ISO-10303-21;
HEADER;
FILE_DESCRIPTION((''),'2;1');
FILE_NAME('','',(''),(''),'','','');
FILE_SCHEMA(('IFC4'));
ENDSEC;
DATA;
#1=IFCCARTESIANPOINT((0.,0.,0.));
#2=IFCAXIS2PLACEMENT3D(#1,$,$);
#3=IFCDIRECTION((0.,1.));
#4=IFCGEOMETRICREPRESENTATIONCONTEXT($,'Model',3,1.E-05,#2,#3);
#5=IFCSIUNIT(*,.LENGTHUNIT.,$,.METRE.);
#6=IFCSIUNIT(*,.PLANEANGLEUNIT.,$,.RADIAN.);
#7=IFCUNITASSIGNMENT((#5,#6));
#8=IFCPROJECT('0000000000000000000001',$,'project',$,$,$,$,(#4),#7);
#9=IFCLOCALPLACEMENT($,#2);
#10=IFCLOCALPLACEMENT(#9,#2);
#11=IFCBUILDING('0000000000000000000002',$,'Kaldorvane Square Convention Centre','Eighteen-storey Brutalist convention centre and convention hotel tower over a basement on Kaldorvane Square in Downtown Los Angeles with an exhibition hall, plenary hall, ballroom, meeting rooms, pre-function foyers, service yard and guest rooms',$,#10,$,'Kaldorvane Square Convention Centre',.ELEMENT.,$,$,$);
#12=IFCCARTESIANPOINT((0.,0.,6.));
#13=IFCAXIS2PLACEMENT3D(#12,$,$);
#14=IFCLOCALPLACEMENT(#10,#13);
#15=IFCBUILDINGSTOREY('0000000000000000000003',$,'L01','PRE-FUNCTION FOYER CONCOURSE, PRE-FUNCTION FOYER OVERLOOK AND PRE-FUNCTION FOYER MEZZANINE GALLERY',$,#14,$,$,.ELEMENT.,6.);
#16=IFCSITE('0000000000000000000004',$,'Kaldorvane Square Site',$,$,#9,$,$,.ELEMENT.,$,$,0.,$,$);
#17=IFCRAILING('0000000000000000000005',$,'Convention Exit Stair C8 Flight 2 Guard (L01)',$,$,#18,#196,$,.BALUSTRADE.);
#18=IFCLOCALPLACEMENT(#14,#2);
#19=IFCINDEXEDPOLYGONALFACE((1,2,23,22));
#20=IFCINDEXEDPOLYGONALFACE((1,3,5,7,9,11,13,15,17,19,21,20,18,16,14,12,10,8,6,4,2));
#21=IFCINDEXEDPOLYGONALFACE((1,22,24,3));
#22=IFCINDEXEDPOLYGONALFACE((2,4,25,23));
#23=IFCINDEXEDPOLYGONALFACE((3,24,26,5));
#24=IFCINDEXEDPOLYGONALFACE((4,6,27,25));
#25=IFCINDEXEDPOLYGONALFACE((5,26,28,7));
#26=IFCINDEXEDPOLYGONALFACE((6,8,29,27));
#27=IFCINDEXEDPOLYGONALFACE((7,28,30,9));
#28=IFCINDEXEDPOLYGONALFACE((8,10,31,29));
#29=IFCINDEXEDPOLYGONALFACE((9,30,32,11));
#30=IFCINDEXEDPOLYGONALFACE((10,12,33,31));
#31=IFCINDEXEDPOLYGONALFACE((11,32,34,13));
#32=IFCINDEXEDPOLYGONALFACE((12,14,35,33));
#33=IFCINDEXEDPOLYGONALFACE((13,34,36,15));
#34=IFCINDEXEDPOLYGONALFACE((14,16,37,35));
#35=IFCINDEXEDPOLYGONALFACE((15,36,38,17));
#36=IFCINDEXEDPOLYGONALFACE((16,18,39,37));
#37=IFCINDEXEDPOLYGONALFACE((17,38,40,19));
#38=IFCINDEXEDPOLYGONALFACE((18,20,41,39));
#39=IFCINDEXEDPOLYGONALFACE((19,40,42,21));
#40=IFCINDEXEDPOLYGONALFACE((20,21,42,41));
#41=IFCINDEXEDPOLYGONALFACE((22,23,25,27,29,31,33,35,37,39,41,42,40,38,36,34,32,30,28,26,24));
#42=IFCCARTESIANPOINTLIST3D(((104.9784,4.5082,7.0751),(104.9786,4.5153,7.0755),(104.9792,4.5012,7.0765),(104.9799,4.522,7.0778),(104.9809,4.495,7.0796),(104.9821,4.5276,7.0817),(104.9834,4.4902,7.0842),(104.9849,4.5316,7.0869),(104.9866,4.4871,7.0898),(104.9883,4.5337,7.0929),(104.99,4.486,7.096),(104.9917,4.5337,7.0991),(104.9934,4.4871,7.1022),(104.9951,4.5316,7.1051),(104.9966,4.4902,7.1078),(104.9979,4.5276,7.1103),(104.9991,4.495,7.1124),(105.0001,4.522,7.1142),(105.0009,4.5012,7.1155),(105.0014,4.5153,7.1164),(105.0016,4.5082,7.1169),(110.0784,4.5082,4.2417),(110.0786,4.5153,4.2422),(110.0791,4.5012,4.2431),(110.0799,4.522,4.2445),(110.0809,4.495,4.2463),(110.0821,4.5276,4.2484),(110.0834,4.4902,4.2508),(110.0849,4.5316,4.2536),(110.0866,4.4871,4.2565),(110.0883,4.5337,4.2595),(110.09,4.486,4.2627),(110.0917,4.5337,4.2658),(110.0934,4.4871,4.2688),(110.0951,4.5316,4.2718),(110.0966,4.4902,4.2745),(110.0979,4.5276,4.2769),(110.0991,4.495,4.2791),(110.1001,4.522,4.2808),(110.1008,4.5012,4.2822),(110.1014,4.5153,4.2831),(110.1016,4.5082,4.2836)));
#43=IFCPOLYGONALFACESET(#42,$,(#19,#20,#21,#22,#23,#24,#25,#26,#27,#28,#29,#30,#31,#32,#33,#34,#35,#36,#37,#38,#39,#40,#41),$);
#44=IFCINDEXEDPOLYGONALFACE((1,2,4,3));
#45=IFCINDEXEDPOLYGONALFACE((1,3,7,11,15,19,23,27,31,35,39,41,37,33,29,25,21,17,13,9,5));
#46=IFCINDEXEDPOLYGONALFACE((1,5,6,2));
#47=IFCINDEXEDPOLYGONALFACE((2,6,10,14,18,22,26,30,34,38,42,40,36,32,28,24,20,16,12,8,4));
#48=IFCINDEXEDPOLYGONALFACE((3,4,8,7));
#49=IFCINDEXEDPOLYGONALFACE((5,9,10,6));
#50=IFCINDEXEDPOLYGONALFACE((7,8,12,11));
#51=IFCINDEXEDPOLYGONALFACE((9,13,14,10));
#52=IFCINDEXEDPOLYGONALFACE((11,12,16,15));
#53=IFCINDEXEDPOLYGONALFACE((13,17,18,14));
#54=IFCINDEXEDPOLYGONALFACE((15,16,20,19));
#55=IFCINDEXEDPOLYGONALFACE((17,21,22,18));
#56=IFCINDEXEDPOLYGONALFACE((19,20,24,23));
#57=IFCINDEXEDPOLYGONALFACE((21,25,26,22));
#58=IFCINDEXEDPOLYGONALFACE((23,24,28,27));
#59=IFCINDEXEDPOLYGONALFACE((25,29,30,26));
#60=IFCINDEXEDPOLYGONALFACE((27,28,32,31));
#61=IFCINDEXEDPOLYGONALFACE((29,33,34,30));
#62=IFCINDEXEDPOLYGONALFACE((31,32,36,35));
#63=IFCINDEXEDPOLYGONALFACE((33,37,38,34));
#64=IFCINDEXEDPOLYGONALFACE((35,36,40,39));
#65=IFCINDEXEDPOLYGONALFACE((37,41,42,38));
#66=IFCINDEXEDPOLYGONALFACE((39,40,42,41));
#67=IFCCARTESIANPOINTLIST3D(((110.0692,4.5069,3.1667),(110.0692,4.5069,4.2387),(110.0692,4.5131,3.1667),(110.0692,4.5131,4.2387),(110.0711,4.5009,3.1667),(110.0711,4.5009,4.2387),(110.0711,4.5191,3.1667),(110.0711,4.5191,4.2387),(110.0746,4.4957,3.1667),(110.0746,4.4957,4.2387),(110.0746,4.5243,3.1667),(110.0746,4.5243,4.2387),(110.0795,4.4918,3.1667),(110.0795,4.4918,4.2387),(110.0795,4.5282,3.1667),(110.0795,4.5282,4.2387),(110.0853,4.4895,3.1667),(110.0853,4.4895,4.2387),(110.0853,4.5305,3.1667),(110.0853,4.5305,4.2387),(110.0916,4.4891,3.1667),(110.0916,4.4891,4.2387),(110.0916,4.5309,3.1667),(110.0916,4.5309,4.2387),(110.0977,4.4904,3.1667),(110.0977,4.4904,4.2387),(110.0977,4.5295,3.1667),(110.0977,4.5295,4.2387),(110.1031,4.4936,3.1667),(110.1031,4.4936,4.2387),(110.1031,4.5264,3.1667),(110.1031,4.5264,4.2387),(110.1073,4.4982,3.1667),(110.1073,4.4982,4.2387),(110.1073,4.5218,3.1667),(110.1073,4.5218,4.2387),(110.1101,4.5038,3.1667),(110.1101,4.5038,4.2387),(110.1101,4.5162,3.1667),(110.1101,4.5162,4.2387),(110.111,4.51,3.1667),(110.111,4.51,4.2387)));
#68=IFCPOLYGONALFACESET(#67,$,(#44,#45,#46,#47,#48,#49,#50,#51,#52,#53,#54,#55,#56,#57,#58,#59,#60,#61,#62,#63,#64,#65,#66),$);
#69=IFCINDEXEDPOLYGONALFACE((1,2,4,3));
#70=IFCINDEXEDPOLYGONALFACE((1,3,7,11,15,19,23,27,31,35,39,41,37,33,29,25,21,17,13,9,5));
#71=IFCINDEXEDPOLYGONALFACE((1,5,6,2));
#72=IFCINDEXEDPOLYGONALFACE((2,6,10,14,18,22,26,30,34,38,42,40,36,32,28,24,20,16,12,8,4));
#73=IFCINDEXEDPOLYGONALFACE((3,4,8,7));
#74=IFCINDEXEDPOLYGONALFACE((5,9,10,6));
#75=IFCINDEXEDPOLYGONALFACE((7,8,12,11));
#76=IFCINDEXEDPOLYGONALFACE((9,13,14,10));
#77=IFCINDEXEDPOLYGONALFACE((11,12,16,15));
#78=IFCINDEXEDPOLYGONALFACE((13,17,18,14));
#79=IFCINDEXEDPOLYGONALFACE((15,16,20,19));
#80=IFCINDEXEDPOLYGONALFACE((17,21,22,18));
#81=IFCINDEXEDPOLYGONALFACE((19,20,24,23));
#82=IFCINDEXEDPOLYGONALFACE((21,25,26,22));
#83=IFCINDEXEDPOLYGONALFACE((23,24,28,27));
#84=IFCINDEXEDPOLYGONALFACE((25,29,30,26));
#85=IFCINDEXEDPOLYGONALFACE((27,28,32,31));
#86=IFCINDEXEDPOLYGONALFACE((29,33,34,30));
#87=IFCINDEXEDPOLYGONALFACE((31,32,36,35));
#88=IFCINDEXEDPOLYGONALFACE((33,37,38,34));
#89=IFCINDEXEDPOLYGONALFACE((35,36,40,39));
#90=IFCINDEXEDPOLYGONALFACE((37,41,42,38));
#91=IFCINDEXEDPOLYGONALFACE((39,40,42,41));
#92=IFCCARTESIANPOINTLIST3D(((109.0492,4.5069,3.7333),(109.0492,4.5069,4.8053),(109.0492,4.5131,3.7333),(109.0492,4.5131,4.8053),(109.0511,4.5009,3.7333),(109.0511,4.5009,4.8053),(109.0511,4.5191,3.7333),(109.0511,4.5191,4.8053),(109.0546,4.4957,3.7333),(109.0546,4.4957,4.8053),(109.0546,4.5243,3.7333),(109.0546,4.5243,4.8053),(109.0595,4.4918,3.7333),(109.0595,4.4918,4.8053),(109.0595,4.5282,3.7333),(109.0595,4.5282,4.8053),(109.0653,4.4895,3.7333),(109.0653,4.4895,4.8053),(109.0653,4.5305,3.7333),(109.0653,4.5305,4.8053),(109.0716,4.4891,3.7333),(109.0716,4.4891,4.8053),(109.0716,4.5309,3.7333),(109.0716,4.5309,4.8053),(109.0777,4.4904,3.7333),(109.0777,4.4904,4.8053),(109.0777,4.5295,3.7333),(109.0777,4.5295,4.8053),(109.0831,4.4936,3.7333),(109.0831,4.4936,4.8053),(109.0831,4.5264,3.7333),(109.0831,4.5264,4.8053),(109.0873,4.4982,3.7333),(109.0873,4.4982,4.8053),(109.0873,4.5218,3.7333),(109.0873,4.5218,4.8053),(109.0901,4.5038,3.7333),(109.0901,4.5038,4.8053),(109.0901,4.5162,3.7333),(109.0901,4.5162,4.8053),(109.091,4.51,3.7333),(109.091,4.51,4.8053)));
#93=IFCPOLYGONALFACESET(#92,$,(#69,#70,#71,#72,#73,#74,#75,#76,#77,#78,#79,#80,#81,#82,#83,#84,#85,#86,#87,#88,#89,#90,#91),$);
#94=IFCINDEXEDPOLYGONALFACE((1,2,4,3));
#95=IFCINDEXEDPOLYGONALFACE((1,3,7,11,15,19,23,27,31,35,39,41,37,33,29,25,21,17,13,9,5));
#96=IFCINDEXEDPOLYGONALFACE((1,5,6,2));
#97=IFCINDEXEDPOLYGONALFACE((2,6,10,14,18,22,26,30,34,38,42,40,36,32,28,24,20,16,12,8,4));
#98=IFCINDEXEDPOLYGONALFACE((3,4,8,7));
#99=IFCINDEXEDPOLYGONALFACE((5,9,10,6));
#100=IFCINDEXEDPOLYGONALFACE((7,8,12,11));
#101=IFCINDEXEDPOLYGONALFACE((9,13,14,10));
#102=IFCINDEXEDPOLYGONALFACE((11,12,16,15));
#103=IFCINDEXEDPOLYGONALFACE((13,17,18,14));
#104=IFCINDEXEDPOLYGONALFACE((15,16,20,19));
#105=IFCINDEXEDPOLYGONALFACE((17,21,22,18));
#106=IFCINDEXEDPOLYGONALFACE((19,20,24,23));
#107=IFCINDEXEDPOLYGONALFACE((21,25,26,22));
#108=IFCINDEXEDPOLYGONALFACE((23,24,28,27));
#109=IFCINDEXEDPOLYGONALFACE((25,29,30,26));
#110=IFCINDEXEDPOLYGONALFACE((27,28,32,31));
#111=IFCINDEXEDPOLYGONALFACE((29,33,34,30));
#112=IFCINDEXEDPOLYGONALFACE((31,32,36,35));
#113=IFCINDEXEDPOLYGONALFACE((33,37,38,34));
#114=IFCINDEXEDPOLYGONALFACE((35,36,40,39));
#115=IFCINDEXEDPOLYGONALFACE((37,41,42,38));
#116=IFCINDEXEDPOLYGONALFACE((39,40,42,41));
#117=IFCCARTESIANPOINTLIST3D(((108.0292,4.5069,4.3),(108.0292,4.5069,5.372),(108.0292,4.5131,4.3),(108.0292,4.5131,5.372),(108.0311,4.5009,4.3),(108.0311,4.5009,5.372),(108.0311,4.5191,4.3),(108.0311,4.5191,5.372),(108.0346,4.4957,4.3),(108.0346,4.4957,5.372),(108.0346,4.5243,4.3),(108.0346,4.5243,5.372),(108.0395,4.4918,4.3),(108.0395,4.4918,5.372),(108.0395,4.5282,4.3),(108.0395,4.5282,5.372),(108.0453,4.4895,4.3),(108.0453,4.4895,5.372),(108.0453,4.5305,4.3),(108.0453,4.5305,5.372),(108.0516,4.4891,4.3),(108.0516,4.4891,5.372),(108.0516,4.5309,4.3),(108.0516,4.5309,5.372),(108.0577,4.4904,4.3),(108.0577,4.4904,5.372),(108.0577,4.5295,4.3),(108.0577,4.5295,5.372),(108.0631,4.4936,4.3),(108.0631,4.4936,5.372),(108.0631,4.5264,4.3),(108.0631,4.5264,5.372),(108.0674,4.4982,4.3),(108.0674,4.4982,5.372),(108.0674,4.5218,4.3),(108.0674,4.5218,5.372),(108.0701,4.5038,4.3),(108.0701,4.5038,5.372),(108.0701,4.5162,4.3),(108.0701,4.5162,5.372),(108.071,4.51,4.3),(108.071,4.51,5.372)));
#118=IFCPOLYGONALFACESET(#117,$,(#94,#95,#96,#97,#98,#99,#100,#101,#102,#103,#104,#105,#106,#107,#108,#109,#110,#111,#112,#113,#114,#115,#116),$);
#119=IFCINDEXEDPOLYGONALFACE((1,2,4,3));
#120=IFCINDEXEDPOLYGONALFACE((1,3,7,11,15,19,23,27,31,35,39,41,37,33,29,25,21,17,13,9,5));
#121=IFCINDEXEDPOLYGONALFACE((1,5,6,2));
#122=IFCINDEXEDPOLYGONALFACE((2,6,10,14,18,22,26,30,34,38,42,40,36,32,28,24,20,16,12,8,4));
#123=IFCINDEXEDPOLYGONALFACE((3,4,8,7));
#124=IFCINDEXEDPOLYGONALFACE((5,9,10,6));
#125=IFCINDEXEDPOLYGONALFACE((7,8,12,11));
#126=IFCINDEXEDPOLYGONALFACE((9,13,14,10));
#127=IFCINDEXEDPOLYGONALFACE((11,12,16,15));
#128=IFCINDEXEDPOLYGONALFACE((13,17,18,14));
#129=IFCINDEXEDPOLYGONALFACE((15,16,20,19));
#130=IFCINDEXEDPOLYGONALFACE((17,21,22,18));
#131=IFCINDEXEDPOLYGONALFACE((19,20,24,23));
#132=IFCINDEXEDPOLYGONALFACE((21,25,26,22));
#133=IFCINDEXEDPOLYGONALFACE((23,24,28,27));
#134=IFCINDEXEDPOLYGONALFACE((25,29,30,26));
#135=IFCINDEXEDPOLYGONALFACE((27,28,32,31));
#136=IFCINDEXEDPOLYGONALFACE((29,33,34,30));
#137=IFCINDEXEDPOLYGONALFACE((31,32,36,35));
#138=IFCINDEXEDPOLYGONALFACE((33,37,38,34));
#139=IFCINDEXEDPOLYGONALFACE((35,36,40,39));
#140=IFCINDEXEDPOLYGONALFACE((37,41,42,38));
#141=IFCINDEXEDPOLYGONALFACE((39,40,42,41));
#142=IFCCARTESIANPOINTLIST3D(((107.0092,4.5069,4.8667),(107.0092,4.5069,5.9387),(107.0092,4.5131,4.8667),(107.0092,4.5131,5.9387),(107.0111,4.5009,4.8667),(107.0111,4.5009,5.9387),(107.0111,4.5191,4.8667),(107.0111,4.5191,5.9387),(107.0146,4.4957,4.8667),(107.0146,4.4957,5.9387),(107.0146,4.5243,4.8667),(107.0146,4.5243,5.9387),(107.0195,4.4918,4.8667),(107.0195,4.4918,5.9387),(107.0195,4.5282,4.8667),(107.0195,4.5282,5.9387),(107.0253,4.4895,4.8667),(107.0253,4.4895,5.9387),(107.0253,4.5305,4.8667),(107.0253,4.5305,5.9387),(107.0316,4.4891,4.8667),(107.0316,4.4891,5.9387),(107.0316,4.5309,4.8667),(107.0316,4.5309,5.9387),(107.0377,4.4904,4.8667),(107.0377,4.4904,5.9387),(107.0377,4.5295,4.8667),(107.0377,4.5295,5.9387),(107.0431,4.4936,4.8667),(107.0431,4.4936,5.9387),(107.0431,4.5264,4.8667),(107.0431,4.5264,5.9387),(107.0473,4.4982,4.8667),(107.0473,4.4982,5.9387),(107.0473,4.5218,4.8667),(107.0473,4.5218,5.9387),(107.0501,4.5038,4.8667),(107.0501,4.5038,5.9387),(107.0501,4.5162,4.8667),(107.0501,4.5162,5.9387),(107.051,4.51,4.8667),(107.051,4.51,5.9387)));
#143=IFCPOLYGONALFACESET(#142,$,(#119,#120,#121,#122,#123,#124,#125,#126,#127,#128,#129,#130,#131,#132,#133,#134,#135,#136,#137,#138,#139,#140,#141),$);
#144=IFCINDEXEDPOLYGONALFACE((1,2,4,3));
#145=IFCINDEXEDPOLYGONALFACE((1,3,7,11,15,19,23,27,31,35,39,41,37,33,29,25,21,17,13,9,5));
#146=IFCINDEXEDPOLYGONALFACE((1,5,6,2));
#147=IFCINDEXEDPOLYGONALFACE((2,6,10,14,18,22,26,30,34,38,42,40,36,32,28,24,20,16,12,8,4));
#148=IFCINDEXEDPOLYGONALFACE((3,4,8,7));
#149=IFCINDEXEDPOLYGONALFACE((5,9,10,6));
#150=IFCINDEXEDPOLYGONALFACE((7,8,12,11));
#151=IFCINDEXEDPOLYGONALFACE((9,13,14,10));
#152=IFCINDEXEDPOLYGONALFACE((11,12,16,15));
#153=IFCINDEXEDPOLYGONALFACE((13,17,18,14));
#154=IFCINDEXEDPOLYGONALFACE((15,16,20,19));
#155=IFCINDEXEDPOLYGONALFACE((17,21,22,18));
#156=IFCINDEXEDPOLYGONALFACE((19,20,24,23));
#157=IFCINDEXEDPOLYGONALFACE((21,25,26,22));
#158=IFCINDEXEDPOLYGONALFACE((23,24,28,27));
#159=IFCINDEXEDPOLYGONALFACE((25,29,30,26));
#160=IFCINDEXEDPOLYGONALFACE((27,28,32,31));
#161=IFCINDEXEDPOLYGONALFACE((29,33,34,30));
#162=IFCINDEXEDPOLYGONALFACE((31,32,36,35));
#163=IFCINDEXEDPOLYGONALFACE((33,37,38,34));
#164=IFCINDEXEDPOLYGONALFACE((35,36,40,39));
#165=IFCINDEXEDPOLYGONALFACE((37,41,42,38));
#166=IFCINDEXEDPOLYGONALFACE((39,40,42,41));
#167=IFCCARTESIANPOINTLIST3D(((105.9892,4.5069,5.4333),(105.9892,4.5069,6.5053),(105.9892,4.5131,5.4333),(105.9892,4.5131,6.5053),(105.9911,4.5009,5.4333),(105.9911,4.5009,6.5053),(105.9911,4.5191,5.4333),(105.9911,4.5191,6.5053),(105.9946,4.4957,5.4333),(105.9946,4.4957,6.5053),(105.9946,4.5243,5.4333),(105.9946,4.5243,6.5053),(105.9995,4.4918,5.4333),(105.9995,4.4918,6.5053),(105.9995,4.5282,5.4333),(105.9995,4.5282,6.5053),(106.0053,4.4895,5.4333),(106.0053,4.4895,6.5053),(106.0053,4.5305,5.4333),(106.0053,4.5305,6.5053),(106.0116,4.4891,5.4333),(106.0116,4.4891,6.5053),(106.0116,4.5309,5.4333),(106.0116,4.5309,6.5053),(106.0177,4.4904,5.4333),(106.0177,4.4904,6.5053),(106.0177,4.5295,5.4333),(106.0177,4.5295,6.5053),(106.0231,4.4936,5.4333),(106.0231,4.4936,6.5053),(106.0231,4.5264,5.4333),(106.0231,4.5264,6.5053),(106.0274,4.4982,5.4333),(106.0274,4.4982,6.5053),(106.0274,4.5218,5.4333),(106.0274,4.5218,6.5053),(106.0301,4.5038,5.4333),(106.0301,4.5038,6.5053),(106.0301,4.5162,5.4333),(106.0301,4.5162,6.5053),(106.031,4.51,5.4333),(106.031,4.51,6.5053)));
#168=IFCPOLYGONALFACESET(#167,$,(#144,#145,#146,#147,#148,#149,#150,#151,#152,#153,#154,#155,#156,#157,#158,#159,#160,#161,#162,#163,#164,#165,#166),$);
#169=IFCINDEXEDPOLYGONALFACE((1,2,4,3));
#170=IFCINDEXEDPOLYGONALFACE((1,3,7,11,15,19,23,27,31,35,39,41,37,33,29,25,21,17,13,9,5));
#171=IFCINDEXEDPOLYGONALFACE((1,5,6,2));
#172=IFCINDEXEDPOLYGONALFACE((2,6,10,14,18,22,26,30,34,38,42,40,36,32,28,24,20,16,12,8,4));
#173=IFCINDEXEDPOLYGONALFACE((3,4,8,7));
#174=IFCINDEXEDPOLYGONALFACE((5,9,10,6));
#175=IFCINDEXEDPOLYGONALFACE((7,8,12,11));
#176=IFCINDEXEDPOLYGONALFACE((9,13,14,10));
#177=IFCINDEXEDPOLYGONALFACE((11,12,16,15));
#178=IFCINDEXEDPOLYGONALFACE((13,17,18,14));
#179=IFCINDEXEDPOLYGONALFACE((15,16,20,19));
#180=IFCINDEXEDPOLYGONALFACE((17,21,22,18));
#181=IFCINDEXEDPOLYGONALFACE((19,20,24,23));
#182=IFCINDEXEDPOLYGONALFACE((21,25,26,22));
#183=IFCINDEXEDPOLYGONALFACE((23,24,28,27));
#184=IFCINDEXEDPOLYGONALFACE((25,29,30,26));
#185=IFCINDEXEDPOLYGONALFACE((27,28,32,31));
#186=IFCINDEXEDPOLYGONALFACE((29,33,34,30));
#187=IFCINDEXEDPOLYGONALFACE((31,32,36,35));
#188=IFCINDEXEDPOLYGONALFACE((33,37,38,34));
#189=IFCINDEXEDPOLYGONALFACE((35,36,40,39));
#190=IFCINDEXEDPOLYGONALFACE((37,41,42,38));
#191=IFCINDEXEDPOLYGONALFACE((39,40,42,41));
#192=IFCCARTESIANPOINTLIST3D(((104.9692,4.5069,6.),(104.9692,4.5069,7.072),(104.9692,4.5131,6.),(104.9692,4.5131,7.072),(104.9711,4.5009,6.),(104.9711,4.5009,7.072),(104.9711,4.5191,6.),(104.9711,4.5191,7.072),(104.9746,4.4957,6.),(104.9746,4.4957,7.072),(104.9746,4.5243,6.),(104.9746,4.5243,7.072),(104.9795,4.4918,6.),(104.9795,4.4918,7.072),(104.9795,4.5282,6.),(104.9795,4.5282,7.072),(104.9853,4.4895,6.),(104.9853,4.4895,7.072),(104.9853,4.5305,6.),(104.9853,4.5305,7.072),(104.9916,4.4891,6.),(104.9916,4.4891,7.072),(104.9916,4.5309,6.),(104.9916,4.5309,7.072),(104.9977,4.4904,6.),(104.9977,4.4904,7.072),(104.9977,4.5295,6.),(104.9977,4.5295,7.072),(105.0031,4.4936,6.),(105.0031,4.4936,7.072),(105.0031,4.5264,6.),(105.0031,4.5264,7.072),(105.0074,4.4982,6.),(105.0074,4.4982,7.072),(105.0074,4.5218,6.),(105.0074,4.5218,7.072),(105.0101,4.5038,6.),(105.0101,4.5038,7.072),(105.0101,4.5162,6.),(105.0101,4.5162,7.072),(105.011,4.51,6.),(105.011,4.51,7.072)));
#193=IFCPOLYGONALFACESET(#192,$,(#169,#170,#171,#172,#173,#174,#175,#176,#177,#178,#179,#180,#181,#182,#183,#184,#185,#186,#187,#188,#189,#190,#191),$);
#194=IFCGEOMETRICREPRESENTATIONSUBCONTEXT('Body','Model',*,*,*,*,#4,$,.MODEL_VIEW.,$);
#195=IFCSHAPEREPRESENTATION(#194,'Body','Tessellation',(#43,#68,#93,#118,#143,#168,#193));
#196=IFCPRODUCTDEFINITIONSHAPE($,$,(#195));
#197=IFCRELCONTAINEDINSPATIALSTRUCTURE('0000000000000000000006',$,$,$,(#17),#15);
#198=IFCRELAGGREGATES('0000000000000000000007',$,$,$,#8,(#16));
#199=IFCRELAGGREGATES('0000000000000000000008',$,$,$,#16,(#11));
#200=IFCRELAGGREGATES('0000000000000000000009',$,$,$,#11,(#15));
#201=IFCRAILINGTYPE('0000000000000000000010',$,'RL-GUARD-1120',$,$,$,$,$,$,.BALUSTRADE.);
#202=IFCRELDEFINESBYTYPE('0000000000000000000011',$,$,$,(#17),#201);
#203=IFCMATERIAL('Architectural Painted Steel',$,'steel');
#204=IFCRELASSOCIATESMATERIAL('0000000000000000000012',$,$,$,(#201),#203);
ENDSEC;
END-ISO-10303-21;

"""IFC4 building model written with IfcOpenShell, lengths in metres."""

from ifc_helpers import new_model, si_unit, direction, frame, origin, origin_2d, place, context, subcontext, project, spatial, circle, extrude, material, type_object, element, save


model = new_model("IFC4")

# Units and contexts
model_context = context("Model", 3, precision=1e-05, world=origin(), true_north=direction((0.0, 1.0)))
body_context = subcontext(model_context, "Body", "Model", "MODEL_VIEW")
ifc_project = project(units=[si_unit("LENGTHUNIT", "METRE"), si_unit("PLANEANGLEUNIT", "RADIAN")], contexts=[model_context])

# Site, building, storey
site_placement = place(None, origin())
site = spatial("IfcSite", under=ifc_project, at=site_placement, Name="Kaldorvane Square Site", CompositionType="ELEMENT", RefElevation=0.0)
building_placement = place(site_placement, origin())
building = spatial("IfcBuilding", under=site, at=building_placement, Name="Kaldorvane Square Convention Centre", Description="Eighteen-storey Brutalist convention centre and convention hotel tower over a basement on Kaldorvane Square in Downtown Los Angeles with an exhibition hall, plenary hall, ballroom, meeting rooms, pre-function foyers, service yard and guest rooms", LongName="Kaldorvane Square Convention Centre", CompositionType="ELEMENT")
storey_placement = place(building_placement, frame((0.0, 0.0, 6.0)))
storey = spatial("IfcBuildingStorey", under=building, at=storey_placement, Name="L01", Description="PRE-FUNCTION FOYER CONCOURSE, PRE-FUNCTION FOYER OVERLOOK AND PRE-FUNCTION FOYER MEZZANINE GALLERY", CompositionType="ELEMENT", Elevation=6.0)

# Railing
ifc_material_1 = material(Name="Architectural Painted Steel", Category="steel")
railing_type_1 = type_object("IfcRailingType", Name="RL-GUARD-1120", PredefinedType="BALUSTRADE", material=ifc_material_1)
railing_1_placement = place(storey_placement, frame((110.09, 4.51, 3.1667)))
element("IfcRailing", 1, at=railing_1_placement, inside=storey, type_object=railing_type_1, Name="Convention Exit Stair C8 Flight 2 Guard (L01)", PredefinedType="BALUSTRADE", context=body_context, shape_type="SweptSolid", body=[
    extrude(circle(Radius=0.024, at=origin_2d()), frame((0.0, 0.0, 1.096), z_axis=(-0.874157, 0.0, 0.485643), x_axis=(0.0, -1.0, 0.0)), (0.0, 0.0, 1.0), 5.8342),
    extrude(circle(Radius=0.021, at=origin_2d()), origin(), (0.0, 0.0, 1.0), 1.072),
    extrude(circle(Radius=0.021, at=origin_2d()), frame((-1.02, 0.0, 0.5667)), (0.0, 0.0, 1.0), 1.072),
    extrude(circle(Radius=0.021, at=origin_2d()), frame((-2.04, 0.0, 1.1333)), (0.0, 0.0, 1.0), 1.072),
    extrude(circle(Radius=0.021, at=origin_2d()), frame((-3.06, 0.0, 1.7)), (0.0, 0.0, 1.0), 1.072),
    extrude(circle(Radius=0.021, at=origin_2d()), frame((-4.08, 0.0, 2.2667)), (0.0, 0.0, 1.0), 1.072),
    extrude(circle(Radius=0.021, at=origin_2d()), frame((-5.1, 0.0, 2.8333)), (0.0, 0.0, 1.0), 1.072),
])

save(model, "model.ifc")
